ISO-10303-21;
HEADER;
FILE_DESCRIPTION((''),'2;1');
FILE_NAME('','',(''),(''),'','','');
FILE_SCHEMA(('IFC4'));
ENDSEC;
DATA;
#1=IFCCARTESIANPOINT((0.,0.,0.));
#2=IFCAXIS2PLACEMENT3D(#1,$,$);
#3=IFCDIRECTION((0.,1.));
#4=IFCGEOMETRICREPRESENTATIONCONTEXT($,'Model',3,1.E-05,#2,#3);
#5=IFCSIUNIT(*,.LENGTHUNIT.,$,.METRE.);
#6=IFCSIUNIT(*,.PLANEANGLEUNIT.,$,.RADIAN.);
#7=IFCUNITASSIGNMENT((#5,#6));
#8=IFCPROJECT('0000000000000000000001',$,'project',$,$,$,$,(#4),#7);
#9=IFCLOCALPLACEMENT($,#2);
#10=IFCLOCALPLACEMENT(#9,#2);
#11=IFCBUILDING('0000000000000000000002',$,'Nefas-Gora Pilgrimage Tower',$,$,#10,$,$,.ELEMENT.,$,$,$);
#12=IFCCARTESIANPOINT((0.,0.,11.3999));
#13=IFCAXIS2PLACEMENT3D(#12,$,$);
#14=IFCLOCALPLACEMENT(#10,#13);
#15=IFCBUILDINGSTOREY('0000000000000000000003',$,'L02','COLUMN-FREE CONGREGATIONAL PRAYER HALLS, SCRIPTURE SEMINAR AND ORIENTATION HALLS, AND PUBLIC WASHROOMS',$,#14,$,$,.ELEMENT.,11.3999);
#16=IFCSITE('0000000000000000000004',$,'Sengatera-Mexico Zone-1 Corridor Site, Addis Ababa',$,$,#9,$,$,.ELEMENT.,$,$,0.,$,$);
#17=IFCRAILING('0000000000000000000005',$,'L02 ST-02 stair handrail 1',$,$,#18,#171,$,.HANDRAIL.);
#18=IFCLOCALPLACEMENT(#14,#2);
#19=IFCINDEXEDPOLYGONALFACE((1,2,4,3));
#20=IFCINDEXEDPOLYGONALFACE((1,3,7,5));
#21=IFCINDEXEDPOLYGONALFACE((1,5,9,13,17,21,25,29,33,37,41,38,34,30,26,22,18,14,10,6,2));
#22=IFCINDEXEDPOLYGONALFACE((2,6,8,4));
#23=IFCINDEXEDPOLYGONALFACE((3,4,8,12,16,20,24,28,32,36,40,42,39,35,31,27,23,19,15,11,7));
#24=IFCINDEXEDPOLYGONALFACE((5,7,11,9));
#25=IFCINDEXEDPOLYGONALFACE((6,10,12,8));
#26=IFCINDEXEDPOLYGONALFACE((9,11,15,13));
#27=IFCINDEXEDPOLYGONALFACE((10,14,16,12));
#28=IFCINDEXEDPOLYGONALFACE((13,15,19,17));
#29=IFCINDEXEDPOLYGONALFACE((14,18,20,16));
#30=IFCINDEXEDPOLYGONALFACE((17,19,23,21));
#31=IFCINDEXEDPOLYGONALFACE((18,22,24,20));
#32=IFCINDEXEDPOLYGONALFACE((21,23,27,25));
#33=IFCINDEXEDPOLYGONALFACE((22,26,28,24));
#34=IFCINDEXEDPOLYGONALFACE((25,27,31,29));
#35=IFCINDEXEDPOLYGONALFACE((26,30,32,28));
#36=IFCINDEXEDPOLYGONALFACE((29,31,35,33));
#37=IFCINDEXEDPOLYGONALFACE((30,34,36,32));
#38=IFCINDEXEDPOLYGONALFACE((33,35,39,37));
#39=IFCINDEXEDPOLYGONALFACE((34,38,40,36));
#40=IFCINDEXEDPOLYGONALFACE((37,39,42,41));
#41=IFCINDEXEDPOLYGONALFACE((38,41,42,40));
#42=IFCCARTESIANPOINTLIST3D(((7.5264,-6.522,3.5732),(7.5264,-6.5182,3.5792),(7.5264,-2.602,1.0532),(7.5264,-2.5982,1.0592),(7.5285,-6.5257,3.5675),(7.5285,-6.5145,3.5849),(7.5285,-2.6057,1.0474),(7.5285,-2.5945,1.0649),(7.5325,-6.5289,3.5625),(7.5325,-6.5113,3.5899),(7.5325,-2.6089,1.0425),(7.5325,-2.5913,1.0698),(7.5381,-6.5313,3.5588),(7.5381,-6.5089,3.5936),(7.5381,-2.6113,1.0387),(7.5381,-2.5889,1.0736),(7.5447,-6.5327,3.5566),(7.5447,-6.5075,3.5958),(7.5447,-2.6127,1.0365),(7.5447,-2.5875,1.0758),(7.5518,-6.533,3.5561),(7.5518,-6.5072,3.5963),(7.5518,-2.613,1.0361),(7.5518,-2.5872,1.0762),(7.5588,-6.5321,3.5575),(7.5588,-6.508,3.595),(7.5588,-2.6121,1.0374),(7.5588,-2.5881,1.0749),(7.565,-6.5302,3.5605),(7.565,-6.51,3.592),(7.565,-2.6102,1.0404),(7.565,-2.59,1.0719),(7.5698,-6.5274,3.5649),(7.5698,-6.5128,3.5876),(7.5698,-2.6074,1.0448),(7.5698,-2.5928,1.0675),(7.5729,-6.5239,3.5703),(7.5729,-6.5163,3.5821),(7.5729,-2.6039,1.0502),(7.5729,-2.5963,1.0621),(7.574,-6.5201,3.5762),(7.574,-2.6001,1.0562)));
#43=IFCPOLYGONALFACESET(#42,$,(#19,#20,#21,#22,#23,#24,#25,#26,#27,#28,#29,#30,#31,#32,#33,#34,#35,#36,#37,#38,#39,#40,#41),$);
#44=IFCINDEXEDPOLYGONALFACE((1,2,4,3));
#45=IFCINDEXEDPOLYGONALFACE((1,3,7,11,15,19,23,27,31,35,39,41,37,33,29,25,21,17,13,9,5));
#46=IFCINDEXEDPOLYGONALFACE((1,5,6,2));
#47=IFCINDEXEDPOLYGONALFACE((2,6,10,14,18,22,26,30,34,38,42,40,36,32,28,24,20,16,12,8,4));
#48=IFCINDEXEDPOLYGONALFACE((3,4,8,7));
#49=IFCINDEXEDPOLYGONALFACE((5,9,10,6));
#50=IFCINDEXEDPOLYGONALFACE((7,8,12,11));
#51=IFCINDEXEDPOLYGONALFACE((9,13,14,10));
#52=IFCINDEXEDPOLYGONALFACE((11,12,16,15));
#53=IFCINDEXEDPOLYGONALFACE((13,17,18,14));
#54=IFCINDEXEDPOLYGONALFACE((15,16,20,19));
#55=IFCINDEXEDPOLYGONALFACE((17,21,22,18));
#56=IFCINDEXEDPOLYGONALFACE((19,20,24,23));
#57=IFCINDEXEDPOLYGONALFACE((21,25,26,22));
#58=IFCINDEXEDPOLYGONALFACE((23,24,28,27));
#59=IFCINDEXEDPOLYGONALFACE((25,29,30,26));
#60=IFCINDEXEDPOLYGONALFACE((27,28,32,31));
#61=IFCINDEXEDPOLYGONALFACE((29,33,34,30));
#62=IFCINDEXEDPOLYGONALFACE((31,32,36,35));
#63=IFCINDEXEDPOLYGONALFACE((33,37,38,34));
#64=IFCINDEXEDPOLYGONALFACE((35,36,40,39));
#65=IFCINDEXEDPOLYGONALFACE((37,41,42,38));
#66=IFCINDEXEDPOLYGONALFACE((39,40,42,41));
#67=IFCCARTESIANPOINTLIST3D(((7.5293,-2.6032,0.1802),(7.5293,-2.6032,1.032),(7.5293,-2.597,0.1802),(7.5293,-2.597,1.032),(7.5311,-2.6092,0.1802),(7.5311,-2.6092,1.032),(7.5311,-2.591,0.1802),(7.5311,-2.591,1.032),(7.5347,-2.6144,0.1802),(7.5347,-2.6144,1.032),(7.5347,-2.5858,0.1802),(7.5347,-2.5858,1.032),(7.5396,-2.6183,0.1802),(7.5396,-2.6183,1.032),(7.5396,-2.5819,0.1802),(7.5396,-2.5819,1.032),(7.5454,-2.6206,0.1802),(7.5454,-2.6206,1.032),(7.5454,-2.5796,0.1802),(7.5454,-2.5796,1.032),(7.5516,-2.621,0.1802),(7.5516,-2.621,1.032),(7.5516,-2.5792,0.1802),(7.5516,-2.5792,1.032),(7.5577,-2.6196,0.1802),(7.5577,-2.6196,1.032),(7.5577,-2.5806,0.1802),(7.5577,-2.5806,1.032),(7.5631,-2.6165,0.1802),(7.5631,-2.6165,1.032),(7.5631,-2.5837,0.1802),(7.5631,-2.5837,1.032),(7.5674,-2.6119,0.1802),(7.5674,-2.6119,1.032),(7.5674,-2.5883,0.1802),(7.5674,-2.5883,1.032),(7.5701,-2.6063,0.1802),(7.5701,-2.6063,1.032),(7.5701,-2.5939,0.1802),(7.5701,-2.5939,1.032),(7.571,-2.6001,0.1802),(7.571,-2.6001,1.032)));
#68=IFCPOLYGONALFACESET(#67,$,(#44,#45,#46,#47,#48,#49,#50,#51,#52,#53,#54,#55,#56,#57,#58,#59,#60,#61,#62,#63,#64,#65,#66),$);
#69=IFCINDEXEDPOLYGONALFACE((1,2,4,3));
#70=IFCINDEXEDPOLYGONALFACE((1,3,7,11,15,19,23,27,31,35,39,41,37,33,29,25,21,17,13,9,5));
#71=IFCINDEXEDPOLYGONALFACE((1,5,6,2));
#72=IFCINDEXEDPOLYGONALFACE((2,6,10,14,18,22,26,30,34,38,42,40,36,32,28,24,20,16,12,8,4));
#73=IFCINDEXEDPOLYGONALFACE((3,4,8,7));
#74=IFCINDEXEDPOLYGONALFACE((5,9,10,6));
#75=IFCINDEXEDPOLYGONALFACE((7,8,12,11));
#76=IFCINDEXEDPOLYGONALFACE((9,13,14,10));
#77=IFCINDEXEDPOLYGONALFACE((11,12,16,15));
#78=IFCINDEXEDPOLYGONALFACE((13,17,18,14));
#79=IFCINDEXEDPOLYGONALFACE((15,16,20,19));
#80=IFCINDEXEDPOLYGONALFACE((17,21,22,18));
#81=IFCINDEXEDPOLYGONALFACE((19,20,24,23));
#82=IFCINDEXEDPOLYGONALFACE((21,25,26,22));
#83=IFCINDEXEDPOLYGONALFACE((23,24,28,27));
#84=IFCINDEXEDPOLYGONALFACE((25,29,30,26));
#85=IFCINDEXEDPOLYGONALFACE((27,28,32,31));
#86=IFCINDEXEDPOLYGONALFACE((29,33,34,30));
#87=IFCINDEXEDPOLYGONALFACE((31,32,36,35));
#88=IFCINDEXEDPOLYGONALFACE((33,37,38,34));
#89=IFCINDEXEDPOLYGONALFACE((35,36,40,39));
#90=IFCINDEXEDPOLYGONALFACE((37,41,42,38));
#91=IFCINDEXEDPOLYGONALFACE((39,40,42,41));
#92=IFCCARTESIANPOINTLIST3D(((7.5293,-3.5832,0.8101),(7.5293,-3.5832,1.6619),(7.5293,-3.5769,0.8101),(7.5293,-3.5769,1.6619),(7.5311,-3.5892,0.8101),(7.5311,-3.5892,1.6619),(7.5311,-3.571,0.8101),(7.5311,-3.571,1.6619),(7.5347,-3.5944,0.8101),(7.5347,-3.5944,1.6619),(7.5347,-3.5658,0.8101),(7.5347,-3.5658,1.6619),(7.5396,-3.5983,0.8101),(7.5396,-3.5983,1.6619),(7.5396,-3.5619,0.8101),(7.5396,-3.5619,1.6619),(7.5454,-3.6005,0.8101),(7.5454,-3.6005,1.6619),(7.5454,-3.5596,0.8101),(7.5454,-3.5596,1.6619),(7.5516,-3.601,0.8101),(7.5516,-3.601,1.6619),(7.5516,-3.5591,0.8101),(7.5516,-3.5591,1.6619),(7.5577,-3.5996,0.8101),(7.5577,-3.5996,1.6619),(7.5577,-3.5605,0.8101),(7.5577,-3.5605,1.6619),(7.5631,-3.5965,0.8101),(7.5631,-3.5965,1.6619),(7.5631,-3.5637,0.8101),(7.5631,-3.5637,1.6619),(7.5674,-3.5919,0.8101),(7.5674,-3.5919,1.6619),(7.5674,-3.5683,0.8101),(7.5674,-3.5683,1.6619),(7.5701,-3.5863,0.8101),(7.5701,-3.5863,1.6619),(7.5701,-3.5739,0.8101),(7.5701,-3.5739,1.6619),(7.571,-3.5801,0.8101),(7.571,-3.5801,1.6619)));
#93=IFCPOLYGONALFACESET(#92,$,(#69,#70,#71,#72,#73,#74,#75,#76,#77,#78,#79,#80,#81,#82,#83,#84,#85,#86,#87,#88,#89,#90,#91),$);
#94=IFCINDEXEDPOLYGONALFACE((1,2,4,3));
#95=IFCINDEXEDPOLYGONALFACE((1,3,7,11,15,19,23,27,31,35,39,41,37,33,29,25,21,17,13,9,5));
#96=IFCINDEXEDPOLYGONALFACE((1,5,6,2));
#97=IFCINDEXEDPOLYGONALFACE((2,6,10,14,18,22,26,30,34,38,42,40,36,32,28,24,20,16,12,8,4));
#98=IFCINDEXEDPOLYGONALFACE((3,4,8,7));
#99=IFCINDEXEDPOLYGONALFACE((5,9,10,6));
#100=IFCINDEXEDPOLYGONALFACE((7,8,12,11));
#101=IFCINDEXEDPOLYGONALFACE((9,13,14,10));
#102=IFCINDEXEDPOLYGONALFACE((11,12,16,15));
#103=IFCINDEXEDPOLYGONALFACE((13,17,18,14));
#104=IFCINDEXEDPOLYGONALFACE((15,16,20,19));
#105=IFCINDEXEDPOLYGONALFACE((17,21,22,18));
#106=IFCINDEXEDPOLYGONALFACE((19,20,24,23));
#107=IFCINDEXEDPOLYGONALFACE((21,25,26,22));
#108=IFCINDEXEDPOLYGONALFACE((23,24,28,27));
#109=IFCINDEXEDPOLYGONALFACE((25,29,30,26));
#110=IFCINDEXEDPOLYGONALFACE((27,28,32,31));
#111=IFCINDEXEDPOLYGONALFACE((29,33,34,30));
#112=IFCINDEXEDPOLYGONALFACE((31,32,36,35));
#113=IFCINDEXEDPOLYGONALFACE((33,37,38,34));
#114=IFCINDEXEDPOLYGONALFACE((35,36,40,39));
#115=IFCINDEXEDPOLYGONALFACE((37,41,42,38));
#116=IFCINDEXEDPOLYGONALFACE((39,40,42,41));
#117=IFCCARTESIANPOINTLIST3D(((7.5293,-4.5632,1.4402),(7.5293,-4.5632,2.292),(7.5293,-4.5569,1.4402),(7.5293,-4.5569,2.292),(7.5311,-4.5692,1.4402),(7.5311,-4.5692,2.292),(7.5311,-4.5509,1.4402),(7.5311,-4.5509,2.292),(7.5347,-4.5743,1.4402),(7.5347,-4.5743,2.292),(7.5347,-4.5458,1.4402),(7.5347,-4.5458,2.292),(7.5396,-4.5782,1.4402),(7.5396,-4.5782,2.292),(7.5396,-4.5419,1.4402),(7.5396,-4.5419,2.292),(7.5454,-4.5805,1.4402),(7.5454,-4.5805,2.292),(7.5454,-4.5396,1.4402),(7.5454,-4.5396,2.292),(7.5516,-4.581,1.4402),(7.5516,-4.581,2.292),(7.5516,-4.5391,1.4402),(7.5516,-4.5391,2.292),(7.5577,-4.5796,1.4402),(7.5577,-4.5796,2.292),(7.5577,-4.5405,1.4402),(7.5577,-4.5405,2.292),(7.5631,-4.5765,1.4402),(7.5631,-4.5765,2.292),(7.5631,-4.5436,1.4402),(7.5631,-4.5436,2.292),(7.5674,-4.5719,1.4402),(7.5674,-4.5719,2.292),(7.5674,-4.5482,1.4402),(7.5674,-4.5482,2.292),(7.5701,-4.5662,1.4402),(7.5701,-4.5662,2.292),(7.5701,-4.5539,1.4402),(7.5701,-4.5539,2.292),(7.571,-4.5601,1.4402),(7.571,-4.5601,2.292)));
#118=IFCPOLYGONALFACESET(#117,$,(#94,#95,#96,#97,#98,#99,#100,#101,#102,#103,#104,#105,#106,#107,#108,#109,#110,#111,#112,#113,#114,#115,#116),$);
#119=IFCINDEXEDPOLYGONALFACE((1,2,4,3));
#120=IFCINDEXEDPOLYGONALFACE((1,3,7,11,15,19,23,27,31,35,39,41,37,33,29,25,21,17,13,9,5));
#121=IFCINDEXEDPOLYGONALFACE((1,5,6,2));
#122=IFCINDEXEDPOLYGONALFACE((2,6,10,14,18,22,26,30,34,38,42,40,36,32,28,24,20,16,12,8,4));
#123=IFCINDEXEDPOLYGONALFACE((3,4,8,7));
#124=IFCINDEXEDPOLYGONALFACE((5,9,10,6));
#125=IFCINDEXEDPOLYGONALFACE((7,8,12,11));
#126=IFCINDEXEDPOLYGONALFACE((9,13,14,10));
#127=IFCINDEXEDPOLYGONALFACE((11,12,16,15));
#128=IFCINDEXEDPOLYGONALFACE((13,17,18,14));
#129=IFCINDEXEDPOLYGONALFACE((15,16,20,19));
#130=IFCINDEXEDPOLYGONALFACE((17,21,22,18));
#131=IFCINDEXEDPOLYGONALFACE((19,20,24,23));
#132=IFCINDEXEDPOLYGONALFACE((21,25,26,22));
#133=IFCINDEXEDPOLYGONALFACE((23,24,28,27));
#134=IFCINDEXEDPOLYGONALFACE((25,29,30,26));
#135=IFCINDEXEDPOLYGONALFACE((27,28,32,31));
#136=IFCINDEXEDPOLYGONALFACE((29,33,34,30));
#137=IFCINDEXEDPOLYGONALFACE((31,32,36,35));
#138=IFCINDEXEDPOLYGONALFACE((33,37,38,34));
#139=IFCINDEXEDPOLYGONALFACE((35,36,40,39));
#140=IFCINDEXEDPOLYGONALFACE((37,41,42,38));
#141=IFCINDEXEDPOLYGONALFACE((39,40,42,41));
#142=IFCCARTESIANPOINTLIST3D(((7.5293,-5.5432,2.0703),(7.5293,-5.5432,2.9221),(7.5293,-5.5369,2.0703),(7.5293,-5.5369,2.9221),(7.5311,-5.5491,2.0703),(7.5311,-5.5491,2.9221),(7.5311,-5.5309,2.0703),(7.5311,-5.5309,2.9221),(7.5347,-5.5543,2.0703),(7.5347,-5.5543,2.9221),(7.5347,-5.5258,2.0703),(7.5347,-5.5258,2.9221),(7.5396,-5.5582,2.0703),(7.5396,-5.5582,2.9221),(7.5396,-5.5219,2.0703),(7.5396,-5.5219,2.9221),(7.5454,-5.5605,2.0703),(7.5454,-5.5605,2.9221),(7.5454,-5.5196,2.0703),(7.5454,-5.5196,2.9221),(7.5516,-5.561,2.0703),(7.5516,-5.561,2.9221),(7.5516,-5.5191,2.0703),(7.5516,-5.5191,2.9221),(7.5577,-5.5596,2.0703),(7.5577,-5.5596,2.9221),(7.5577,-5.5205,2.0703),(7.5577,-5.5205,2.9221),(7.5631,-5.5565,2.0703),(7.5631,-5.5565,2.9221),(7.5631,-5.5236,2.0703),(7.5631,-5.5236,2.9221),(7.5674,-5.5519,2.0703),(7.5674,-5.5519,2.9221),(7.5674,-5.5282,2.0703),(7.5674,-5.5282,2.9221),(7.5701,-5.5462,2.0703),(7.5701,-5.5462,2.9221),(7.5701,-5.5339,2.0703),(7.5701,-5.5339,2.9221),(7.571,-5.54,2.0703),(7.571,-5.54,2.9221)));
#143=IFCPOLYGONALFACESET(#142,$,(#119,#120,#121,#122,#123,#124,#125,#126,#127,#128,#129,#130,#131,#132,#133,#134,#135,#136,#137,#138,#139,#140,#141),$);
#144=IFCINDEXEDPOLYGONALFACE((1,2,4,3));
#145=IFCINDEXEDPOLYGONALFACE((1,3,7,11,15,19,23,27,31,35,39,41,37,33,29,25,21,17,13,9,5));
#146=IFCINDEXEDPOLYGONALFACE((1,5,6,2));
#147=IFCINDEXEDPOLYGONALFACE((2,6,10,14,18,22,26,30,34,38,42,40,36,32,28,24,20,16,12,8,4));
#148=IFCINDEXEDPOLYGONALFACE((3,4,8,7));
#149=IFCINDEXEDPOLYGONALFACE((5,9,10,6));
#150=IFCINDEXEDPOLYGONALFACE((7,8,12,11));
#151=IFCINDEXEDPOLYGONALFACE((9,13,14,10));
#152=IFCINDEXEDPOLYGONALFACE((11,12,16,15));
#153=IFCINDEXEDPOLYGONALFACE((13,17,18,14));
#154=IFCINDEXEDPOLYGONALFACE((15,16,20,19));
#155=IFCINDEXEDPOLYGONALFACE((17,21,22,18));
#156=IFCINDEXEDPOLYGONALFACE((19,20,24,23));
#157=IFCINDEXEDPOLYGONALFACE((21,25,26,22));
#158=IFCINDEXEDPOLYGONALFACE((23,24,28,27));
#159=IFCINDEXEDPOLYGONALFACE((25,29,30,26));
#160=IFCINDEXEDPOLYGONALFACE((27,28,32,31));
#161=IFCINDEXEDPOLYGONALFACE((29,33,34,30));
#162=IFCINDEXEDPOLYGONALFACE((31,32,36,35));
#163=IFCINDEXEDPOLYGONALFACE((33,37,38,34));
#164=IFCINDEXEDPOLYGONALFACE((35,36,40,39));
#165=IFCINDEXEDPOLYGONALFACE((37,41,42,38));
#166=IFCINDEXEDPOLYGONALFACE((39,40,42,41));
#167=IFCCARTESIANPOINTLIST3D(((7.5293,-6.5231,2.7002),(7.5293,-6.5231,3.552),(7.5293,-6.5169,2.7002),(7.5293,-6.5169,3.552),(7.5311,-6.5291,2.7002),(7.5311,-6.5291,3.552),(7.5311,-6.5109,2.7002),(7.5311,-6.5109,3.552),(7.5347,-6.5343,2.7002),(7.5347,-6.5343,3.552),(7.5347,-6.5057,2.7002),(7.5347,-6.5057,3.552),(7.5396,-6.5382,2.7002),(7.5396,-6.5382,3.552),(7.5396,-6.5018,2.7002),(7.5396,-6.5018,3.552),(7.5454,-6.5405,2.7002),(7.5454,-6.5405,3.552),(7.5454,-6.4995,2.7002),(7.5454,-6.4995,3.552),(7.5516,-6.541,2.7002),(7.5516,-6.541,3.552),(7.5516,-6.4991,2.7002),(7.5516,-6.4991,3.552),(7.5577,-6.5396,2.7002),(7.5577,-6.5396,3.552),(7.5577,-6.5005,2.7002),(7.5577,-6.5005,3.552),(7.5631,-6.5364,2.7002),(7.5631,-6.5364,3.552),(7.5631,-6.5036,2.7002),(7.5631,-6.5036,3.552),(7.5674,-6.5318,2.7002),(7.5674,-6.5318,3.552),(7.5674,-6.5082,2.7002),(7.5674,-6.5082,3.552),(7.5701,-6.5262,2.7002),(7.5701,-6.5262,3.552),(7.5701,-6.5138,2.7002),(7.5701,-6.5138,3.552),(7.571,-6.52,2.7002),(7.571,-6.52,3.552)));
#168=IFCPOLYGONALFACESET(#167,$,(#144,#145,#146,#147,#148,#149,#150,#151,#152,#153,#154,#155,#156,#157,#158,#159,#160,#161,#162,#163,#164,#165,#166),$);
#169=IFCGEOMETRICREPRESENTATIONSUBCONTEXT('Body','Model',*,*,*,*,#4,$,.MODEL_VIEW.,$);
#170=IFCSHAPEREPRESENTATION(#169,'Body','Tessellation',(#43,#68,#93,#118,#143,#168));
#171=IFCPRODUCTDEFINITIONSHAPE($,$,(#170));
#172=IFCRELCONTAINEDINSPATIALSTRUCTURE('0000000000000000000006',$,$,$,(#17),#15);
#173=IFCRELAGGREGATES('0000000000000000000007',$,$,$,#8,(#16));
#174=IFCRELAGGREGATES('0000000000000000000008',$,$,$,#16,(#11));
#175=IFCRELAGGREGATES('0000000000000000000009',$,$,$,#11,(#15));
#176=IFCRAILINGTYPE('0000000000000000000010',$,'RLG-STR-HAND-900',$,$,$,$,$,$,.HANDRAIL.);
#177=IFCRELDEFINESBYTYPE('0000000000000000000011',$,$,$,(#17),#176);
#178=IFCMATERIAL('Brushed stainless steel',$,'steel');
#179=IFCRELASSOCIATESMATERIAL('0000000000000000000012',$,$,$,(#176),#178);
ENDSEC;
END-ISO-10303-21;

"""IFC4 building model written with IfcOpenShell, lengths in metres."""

from ifc_helpers import new_model, si_unit, direction, frame, origin, origin_2d, place, context, subcontext, project, spatial, circle, extrude, material, type_object, element, save


model = new_model("IFC4")

# Units and contexts
model_context = context("Model", 3, precision=1e-05, world=origin(), true_north=direction((0.0, 1.0)))
body_context = subcontext(model_context, "Body", "Model", "MODEL_VIEW")
ifc_project = project(units=[si_unit("LENGTHUNIT", "METRE"), si_unit("PLANEANGLEUNIT", "RADIAN")], contexts=[model_context])

# Site, building, storey
site_placement = place(None, origin())
site = spatial("IfcSite", under=ifc_project, at=site_placement, Name="Sengatera-Mexico Zone-1 Corridor Site, Addis Ababa", CompositionType="ELEMENT", RefElevation=0.0)
building_placement = place(site_placement, origin())
building = spatial("IfcBuilding", under=site, at=building_placement, Name="Nefas-Gora Pilgrimage Tower", CompositionType="ELEMENT")
storey_placement = place(building_placement, frame((0.0, 0.0, 11.3999)))
storey = spatial("IfcBuildingStorey", under=building, at=storey_placement, Name="L02", Description="COLUMN-FREE CONGREGATIONAL PRAYER HALLS, SCRIPTURE SEMINAR AND ORIENTATION HALLS, AND PUBLIC WASHROOMS", CompositionType="ELEMENT", Elevation=11.3999)

# Railing
ifc_material_1 = material(Name="Brushed stainless steel", Category="steel")
railing_type_1 = type_object("IfcRailingType", Name="RLG-STR-HAND-900", PredefinedType="HANDRAIL", material=ifc_material_1)
railing_1_placement = place(storey_placement, frame((7.55, -2.6001, 0.1802)))
element("IfcRailing", 1, at=railing_1_placement, inside=storey, type_object=railing_type_1, Name="L02 ST-02 stair handrail 1", PredefinedType="HANDRAIL", context=body_context, shape_type="SweptSolid", body=[
    extrude(circle(Radius=0.0239, at=origin_2d()), frame((0.0, 0.0, 0.876), z_axis=(0.0, -0.841172, 0.540768), x_axis=(1.0, 0.0, 0.0)), (0.0, 0.0, 1.0), 4.6602),
    extrude(circle(Radius=0.021, at=origin_2d()), origin(), (0.0, 0.0, 1.0), 0.8518),
    extrude(circle(Radius=0.021, at=origin_2d()), frame((0.0, -0.98, 0.6299)), (0.0, 0.0, 1.0), 0.8518),
    extrude(circle(Radius=0.021, at=origin_2d()), frame((0.0, -1.96, 1.26)), (0.0, 0.0, 1.0), 0.8518),
    extrude(circle(Radius=0.021, at=origin_2d()), frame((0.0, -2.9399, 1.8901)), (0.0, 0.0, 1.0), 0.8518),
    extrude(circle(Radius=0.021, at=origin_2d()), frame((0.0, -3.9199, 2.52)), (0.0, 0.0, 1.0), 0.8518),
])

save(model, "model.ifc")
